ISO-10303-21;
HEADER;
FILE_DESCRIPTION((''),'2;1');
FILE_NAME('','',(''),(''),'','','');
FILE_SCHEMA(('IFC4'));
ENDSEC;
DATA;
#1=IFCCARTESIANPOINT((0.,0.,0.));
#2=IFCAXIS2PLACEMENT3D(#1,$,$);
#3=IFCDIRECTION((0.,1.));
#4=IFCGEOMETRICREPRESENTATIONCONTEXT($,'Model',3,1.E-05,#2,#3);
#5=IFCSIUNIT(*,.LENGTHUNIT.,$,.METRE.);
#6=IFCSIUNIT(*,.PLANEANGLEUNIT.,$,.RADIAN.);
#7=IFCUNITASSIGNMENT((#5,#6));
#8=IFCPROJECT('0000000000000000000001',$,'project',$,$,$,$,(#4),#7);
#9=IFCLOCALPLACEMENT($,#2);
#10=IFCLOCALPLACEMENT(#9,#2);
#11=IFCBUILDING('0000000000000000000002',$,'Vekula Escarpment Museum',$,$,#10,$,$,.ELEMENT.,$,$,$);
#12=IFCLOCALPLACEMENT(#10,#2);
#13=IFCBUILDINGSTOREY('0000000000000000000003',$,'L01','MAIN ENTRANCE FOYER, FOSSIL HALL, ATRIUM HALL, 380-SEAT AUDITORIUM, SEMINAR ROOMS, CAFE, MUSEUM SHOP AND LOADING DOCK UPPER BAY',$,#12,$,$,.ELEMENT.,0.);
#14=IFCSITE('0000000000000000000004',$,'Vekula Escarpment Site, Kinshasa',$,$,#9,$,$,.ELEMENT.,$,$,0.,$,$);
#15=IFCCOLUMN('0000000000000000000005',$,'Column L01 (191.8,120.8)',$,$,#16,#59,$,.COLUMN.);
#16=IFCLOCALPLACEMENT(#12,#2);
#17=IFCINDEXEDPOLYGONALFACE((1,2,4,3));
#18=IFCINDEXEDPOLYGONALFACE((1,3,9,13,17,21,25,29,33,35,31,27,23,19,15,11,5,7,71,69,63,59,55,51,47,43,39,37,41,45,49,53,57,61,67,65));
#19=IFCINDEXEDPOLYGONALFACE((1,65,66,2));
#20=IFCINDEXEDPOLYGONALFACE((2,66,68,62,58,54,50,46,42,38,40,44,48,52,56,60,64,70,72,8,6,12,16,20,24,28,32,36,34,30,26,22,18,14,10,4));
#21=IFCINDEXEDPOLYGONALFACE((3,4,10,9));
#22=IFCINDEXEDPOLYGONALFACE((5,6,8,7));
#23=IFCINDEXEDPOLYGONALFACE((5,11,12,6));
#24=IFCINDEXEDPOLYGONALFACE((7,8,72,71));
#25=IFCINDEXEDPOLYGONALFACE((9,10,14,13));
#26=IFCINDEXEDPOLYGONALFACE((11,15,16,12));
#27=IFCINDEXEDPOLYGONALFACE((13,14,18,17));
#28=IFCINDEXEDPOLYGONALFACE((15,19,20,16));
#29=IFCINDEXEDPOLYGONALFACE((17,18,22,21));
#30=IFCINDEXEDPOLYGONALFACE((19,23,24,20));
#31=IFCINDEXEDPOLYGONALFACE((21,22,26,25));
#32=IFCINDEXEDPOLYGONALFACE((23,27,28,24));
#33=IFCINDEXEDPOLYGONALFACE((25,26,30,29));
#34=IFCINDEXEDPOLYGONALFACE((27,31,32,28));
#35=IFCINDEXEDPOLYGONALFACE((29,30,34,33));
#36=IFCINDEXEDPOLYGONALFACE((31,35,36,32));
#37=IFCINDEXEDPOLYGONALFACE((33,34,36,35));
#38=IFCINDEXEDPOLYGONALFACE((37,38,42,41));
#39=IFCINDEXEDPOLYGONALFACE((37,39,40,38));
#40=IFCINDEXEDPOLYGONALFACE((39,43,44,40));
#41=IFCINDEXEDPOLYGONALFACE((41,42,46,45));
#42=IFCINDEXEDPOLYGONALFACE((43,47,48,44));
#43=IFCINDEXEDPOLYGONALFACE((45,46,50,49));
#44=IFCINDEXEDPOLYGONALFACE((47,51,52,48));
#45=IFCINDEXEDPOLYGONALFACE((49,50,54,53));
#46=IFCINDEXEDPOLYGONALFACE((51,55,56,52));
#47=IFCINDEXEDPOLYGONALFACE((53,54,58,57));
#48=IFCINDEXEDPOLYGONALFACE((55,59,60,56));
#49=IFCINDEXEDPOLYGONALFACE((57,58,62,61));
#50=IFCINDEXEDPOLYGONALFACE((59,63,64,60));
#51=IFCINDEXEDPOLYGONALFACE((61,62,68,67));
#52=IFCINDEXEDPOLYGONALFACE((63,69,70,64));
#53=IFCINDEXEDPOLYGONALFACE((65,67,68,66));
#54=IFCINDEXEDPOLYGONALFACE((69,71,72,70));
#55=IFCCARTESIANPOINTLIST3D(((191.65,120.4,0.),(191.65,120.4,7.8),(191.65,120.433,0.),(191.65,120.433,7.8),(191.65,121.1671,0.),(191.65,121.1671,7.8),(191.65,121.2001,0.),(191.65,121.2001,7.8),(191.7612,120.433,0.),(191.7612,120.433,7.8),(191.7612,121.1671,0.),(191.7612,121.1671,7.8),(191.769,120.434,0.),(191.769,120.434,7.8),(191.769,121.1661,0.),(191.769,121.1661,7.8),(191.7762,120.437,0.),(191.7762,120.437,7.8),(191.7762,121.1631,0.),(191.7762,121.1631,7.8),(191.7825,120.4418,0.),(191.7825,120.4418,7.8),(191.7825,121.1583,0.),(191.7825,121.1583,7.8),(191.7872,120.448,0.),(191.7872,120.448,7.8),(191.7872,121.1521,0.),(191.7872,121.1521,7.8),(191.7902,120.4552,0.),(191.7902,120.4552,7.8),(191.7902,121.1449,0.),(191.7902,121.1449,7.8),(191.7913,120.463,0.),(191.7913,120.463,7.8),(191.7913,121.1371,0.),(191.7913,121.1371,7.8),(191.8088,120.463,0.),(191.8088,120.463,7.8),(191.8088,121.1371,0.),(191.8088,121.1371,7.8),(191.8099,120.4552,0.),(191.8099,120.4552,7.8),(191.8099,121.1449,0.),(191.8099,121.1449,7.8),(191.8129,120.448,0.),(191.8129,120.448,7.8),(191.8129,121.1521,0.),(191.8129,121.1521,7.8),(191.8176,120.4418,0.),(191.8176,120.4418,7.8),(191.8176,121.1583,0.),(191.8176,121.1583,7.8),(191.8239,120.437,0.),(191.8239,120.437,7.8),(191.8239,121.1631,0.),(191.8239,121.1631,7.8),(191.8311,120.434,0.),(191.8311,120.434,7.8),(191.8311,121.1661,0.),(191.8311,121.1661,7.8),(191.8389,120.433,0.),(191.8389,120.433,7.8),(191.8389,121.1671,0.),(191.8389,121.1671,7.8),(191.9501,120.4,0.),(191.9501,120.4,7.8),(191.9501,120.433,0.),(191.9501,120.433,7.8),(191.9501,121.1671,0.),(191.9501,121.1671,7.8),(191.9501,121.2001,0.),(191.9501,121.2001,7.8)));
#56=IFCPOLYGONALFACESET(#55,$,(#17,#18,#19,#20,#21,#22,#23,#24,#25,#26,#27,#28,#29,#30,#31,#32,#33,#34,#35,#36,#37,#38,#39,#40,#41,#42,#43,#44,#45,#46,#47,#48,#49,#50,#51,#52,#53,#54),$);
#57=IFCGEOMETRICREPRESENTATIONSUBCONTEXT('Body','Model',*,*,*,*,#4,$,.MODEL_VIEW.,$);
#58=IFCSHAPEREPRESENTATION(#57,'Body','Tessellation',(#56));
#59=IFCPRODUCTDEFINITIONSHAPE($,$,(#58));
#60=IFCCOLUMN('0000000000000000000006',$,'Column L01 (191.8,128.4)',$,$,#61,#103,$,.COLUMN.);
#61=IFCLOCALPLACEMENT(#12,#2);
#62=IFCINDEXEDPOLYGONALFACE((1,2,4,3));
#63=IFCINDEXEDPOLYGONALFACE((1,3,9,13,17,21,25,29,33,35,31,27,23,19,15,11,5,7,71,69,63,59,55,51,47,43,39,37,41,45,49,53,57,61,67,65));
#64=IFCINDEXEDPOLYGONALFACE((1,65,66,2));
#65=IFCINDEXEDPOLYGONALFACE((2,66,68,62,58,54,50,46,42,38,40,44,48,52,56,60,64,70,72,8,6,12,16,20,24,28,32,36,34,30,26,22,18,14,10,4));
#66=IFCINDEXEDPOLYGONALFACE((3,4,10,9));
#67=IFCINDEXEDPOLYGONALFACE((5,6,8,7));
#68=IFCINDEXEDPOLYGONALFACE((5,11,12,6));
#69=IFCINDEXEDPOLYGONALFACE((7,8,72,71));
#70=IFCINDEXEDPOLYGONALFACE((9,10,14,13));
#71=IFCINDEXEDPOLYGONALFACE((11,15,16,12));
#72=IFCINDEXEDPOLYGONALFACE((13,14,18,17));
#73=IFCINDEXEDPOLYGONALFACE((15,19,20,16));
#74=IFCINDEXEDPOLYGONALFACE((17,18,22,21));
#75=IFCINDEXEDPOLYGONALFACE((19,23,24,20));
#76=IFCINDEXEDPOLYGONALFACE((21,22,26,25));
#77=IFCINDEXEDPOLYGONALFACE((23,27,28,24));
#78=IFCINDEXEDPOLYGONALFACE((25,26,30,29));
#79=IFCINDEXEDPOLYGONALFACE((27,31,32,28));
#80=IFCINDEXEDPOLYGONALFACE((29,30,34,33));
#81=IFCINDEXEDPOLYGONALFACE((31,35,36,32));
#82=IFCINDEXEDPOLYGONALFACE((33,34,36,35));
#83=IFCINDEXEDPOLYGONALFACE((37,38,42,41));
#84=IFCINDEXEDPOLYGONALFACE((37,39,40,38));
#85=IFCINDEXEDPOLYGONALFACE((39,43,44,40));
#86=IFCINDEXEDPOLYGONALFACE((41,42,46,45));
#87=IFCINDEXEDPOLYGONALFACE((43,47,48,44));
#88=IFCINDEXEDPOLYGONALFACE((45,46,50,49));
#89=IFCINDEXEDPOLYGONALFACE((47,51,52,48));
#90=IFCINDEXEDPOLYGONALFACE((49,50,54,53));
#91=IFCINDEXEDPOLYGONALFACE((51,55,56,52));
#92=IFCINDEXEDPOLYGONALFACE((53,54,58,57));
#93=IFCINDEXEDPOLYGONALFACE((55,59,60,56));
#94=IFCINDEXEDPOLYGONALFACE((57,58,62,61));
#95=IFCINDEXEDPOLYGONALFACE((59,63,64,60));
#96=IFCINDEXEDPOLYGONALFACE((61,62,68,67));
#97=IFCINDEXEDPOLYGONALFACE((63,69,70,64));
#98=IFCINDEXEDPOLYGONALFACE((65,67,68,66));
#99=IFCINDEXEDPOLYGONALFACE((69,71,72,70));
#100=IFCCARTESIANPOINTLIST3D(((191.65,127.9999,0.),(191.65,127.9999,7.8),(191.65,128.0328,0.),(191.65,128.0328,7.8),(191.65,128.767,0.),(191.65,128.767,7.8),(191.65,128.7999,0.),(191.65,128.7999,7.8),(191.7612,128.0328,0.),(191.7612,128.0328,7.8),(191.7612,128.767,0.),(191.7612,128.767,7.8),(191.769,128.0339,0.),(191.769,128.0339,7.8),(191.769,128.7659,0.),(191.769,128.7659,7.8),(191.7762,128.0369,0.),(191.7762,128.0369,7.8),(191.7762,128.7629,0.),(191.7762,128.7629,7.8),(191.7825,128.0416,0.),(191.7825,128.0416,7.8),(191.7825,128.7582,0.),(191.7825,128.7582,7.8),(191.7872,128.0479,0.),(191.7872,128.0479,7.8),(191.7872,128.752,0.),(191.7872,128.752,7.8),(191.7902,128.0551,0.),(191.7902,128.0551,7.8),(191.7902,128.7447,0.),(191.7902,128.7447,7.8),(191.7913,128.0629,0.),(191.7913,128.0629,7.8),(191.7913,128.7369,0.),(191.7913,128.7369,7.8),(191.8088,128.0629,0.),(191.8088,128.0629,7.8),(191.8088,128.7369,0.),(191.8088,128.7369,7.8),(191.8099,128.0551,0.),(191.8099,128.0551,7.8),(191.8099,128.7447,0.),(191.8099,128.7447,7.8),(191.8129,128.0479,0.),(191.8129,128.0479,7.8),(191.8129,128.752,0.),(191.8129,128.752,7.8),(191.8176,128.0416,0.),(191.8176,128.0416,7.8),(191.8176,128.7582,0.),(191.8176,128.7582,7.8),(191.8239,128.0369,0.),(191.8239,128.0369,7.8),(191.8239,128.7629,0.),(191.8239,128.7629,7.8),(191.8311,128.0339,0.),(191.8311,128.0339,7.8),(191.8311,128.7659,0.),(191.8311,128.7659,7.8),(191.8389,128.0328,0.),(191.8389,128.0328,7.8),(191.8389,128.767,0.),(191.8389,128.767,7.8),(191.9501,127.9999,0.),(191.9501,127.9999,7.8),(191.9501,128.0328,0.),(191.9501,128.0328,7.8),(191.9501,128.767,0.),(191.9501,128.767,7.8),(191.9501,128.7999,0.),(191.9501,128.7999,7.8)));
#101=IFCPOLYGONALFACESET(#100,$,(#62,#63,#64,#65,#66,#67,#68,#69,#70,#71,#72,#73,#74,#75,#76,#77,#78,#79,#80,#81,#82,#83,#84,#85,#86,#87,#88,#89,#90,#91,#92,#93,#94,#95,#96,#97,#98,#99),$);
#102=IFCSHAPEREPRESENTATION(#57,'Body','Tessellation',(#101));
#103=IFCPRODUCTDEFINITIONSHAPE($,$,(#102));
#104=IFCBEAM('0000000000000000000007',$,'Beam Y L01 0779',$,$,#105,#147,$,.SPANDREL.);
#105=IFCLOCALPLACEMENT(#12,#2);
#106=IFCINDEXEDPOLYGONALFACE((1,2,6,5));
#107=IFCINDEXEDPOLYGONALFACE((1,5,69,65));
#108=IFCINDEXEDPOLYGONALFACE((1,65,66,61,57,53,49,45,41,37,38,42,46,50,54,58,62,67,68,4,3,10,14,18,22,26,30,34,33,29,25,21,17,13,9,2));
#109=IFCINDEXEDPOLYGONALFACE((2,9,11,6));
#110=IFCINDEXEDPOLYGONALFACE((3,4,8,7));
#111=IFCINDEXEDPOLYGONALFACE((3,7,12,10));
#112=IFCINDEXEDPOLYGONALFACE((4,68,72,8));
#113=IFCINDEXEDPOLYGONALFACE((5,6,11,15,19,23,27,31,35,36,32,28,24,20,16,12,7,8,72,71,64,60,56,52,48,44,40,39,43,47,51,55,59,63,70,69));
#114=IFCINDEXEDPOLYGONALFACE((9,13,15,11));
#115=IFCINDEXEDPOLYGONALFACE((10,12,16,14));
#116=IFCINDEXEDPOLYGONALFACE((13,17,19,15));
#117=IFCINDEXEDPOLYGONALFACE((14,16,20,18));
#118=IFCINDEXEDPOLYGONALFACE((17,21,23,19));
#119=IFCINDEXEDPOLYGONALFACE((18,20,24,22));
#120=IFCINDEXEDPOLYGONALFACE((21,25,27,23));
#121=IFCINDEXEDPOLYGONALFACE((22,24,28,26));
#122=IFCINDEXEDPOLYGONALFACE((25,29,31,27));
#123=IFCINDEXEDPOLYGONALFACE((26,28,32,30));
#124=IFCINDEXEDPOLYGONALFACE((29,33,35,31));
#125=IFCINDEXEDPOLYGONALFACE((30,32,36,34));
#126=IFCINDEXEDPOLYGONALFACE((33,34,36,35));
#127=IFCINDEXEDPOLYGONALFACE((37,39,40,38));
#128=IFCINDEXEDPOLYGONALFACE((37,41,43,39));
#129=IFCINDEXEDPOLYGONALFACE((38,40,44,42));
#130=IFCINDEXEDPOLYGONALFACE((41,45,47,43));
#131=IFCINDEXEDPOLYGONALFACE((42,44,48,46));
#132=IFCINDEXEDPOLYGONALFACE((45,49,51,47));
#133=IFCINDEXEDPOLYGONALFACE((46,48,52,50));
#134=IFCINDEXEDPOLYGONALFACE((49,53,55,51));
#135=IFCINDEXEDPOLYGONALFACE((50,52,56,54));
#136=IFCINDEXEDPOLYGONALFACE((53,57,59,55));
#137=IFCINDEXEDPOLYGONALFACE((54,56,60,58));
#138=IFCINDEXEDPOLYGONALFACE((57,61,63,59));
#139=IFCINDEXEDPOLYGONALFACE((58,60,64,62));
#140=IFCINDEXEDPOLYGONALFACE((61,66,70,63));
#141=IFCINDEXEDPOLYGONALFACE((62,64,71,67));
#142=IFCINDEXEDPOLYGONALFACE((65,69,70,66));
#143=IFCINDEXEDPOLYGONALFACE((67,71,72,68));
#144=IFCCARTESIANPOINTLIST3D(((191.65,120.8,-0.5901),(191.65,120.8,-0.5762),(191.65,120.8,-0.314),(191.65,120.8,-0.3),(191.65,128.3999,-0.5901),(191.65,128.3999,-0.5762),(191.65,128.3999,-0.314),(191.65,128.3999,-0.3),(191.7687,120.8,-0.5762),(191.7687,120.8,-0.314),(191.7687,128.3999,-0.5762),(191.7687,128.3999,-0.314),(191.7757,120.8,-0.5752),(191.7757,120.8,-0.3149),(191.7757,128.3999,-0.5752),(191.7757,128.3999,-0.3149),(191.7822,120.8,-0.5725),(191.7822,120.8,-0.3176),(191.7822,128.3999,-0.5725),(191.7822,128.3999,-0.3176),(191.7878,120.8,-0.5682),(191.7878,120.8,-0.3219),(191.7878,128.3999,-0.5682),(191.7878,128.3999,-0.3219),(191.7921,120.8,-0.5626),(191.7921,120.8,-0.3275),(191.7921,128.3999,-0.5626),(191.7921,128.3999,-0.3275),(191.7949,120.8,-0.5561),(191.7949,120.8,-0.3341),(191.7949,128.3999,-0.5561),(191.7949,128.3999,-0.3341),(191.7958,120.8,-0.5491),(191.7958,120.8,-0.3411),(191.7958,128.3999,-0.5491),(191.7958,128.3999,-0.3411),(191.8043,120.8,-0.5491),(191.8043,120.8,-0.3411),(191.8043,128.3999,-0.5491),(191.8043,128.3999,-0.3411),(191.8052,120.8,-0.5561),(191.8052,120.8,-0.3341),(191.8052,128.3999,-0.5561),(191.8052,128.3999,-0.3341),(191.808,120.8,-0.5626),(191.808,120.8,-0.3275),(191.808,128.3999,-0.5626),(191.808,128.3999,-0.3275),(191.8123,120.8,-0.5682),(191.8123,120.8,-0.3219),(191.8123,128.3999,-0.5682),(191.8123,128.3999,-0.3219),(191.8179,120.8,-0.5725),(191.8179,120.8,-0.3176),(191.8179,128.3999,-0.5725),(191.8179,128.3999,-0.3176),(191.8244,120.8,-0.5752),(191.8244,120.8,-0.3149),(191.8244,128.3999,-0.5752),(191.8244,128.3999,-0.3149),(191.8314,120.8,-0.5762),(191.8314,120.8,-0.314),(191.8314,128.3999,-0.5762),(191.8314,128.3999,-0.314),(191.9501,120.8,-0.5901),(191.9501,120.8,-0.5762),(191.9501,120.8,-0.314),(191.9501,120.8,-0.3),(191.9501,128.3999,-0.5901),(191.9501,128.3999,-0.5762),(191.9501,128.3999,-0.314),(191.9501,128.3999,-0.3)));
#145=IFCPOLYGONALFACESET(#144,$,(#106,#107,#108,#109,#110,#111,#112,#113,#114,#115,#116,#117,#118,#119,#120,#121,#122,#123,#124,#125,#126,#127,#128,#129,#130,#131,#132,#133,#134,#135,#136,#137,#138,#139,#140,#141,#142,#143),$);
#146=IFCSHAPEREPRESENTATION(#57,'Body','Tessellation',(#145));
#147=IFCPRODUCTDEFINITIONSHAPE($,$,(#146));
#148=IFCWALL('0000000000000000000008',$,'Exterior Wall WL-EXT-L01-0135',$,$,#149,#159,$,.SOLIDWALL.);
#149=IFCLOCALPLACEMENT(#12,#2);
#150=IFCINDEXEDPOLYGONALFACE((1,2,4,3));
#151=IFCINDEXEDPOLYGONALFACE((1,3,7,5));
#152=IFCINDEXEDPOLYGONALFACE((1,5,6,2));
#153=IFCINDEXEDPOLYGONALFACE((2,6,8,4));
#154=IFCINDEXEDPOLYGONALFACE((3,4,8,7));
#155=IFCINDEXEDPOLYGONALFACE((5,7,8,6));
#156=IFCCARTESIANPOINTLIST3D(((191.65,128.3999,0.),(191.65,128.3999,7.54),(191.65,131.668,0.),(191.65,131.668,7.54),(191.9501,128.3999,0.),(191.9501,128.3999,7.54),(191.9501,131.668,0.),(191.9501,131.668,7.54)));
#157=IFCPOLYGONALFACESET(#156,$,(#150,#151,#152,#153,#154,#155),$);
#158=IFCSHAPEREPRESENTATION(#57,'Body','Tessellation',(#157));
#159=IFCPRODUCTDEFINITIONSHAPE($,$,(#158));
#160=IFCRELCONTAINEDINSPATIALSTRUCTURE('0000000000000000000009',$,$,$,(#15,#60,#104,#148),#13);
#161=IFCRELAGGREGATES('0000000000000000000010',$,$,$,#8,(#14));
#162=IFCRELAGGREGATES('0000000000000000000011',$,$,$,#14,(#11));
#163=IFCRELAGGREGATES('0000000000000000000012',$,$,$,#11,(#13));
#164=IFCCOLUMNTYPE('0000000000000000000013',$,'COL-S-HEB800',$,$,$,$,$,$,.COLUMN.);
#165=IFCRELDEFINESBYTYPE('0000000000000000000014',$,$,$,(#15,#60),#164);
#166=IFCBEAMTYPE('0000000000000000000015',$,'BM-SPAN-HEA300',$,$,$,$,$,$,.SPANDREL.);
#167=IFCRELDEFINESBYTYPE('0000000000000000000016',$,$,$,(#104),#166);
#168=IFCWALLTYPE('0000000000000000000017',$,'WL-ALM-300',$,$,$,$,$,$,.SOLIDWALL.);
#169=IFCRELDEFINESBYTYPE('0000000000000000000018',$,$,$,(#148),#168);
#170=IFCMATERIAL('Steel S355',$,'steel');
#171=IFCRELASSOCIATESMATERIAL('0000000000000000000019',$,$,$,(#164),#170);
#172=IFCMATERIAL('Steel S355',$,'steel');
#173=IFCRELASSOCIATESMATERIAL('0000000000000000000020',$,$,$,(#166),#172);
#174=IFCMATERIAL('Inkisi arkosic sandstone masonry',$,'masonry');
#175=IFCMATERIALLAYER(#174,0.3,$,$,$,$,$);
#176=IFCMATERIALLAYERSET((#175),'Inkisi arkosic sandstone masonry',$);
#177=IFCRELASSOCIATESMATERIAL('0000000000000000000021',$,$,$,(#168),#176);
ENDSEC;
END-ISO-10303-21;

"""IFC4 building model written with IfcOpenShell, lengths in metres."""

from ifc_helpers import new_model, si_unit, direction, frame, frame_2d, origin, origin_2d, place, context, subcontext, project, spatial, rectangle, i_section, extrude, material, layer, layer_set, material_profile, profile_set, type_object, element, save


model = new_model("IFC4")

# Units and contexts
model_context = context("Model", 3, precision=1e-05, world=origin(), true_north=direction((0.0, 1.0)))
body_context = subcontext(model_context, "Body", "Model", "MODEL_VIEW")
ifc_project = project(units=[si_unit("LENGTHUNIT", "METRE"), si_unit("PLANEANGLEUNIT", "RADIAN")], contexts=[model_context])

# Site, building, storey
site_placement = place(None, origin())
site = spatial("IfcSite", under=ifc_project, at=site_placement, Name="Vekula Escarpment Site, Kinshasa", CompositionType="ELEMENT", RefElevation=0.0)
building_placement = place(site_placement, origin())
building = spatial("IfcBuilding", under=site, at=building_placement, Name="Vekula Escarpment Museum", CompositionType="ELEMENT")
storey_placement = place(building_placement, origin())
storey = spatial("IfcBuildingStorey", under=building, at=storey_placement, Name="L01", Description="MAIN ENTRANCE FOYER, FOSSIL HALL, ATRIUM HALL, 380-SEAT AUDITORIUM, SEMINAR ROOMS, CAFE, MUSEUM SHOP AND LOADING DOCK UPPER BAY", CompositionType="ELEMENT", Elevation=0.0)

# Columns
ifc_material_1 = material(Name="Steel S355", Category="steel")
ifc_material_profile_1 = material_profile(ifc_material_1, i_section(OverallWidth=0.3, OverallDepth=0.8, WebThickness=0.0176, FlangeThickness=0.033, FilletRadius=0.03, at=origin_2d()), Name="HEB 800")
ifc_profile_set_1 = profile_set([ifc_material_profile_1], Name="Steel S355")
column_type = type_object("IfcColumnType", Name="COL-S-HEB800", PredefinedType="COLUMN", material=ifc_profile_set_1)
for number, where, z_axis, x_axis, name in (
    (1, (191.8, 120.8, 0.0), (0.0, 0.0, 1.0), (1.0, 0.0, 0.0), "Column L01 (191.8,120.8)"),
    (2, (191.8, 128.3999, 0.0), (0.0, 0.0, 1.0), (1.0, 0.0, 0.0), "Column L01 (191.8,128.4)"),
):
    element("IfcColumn", number, at=place(storey_placement, frame(where, z_axis=z_axis, x_axis=x_axis)), inside=storey, type_object=column_type, Name=name, PredefinedType="COLUMN", context=body_context, shape_type="SweptSolid", body=[
        extrude(i_section(OverallWidth=0.3, OverallDepth=0.8, WebThickness=0.0176, FlangeThickness=0.033, FilletRadius=0.03, at=origin_2d()), origin(), (0.0, 0.0, 1.0), 7.8),
    ])

# Beam
ifc_material_2 = material(Name="Steel S355", Category="steel")
ifc_material_profile_2 = material_profile(ifc_material_2, i_section(OverallWidth=0.3, OverallDepth=0.29, WebThickness=0.0085, FlangeThickness=0.0139, FilletRadius=0.0271, at=origin_2d()), Name="HEA 300")
ifc_profile_set_2 = profile_set([ifc_material_profile_2], Name="Steel S355")
beam_type = type_object("IfcBeamType", Name="BM-SPAN-HEA300", PredefinedType="SPANDREL", material=ifc_profile_set_2)
beam_placement = place(storey_placement, frame((191.8, 120.8, -0.4451), z_axis=(0.0, 1.0, 0.0), x_axis=(-1.0, 0.0, 0.0)))
element("IfcBeam", 3, at=beam_placement, inside=storey, type_object=beam_type, Name="Beam Y L01 0779", PredefinedType="SPANDREL", context=body_context, shape_type="SweptSolid", body=[
    extrude(i_section(OverallWidth=0.3, OverallDepth=0.29, WebThickness=0.0085, FlangeThickness=0.0139, FilletRadius=0.0271, at=origin_2d()), origin(), (0.0, 0.0, 1.0), 7.5999),
])

# Wall
ifc_material_3 = material(Name="Inkisi arkosic sandstone masonry", Category="masonry")
ifc_layer_1 = layer(ifc_material_3, 0.3)
ifc_layer_set_1 = layer_set([ifc_layer_1], Name="Inkisi arkosic sandstone masonry")
wall_type_1 = type_object("IfcWallType", Name="WL-ALM-300", PredefinedType="SOLIDWALL", material=ifc_layer_set_1)
wall_1_placement = place(storey_placement, frame((191.8, 131.668, 0.0), z_axis=(0.0, 0.0, 1.0), x_axis=(0.0, -1.0, 0.0)))
element("IfcWall", 4, at=wall_1_placement, inside=storey, type_object=wall_type_1, Name="Exterior Wall WL-EXT-L01-0135", PredefinedType="SOLIDWALL", context=body_context, shape_type="SweptSolid", body=[
    extrude(rectangle(XDim=3.2681, YDim=0.3, at=frame_2d((1.634, 0.0))), origin(), (0.0, 0.0, 1.0), 7.54),
])

save(model, "model.ifc")
